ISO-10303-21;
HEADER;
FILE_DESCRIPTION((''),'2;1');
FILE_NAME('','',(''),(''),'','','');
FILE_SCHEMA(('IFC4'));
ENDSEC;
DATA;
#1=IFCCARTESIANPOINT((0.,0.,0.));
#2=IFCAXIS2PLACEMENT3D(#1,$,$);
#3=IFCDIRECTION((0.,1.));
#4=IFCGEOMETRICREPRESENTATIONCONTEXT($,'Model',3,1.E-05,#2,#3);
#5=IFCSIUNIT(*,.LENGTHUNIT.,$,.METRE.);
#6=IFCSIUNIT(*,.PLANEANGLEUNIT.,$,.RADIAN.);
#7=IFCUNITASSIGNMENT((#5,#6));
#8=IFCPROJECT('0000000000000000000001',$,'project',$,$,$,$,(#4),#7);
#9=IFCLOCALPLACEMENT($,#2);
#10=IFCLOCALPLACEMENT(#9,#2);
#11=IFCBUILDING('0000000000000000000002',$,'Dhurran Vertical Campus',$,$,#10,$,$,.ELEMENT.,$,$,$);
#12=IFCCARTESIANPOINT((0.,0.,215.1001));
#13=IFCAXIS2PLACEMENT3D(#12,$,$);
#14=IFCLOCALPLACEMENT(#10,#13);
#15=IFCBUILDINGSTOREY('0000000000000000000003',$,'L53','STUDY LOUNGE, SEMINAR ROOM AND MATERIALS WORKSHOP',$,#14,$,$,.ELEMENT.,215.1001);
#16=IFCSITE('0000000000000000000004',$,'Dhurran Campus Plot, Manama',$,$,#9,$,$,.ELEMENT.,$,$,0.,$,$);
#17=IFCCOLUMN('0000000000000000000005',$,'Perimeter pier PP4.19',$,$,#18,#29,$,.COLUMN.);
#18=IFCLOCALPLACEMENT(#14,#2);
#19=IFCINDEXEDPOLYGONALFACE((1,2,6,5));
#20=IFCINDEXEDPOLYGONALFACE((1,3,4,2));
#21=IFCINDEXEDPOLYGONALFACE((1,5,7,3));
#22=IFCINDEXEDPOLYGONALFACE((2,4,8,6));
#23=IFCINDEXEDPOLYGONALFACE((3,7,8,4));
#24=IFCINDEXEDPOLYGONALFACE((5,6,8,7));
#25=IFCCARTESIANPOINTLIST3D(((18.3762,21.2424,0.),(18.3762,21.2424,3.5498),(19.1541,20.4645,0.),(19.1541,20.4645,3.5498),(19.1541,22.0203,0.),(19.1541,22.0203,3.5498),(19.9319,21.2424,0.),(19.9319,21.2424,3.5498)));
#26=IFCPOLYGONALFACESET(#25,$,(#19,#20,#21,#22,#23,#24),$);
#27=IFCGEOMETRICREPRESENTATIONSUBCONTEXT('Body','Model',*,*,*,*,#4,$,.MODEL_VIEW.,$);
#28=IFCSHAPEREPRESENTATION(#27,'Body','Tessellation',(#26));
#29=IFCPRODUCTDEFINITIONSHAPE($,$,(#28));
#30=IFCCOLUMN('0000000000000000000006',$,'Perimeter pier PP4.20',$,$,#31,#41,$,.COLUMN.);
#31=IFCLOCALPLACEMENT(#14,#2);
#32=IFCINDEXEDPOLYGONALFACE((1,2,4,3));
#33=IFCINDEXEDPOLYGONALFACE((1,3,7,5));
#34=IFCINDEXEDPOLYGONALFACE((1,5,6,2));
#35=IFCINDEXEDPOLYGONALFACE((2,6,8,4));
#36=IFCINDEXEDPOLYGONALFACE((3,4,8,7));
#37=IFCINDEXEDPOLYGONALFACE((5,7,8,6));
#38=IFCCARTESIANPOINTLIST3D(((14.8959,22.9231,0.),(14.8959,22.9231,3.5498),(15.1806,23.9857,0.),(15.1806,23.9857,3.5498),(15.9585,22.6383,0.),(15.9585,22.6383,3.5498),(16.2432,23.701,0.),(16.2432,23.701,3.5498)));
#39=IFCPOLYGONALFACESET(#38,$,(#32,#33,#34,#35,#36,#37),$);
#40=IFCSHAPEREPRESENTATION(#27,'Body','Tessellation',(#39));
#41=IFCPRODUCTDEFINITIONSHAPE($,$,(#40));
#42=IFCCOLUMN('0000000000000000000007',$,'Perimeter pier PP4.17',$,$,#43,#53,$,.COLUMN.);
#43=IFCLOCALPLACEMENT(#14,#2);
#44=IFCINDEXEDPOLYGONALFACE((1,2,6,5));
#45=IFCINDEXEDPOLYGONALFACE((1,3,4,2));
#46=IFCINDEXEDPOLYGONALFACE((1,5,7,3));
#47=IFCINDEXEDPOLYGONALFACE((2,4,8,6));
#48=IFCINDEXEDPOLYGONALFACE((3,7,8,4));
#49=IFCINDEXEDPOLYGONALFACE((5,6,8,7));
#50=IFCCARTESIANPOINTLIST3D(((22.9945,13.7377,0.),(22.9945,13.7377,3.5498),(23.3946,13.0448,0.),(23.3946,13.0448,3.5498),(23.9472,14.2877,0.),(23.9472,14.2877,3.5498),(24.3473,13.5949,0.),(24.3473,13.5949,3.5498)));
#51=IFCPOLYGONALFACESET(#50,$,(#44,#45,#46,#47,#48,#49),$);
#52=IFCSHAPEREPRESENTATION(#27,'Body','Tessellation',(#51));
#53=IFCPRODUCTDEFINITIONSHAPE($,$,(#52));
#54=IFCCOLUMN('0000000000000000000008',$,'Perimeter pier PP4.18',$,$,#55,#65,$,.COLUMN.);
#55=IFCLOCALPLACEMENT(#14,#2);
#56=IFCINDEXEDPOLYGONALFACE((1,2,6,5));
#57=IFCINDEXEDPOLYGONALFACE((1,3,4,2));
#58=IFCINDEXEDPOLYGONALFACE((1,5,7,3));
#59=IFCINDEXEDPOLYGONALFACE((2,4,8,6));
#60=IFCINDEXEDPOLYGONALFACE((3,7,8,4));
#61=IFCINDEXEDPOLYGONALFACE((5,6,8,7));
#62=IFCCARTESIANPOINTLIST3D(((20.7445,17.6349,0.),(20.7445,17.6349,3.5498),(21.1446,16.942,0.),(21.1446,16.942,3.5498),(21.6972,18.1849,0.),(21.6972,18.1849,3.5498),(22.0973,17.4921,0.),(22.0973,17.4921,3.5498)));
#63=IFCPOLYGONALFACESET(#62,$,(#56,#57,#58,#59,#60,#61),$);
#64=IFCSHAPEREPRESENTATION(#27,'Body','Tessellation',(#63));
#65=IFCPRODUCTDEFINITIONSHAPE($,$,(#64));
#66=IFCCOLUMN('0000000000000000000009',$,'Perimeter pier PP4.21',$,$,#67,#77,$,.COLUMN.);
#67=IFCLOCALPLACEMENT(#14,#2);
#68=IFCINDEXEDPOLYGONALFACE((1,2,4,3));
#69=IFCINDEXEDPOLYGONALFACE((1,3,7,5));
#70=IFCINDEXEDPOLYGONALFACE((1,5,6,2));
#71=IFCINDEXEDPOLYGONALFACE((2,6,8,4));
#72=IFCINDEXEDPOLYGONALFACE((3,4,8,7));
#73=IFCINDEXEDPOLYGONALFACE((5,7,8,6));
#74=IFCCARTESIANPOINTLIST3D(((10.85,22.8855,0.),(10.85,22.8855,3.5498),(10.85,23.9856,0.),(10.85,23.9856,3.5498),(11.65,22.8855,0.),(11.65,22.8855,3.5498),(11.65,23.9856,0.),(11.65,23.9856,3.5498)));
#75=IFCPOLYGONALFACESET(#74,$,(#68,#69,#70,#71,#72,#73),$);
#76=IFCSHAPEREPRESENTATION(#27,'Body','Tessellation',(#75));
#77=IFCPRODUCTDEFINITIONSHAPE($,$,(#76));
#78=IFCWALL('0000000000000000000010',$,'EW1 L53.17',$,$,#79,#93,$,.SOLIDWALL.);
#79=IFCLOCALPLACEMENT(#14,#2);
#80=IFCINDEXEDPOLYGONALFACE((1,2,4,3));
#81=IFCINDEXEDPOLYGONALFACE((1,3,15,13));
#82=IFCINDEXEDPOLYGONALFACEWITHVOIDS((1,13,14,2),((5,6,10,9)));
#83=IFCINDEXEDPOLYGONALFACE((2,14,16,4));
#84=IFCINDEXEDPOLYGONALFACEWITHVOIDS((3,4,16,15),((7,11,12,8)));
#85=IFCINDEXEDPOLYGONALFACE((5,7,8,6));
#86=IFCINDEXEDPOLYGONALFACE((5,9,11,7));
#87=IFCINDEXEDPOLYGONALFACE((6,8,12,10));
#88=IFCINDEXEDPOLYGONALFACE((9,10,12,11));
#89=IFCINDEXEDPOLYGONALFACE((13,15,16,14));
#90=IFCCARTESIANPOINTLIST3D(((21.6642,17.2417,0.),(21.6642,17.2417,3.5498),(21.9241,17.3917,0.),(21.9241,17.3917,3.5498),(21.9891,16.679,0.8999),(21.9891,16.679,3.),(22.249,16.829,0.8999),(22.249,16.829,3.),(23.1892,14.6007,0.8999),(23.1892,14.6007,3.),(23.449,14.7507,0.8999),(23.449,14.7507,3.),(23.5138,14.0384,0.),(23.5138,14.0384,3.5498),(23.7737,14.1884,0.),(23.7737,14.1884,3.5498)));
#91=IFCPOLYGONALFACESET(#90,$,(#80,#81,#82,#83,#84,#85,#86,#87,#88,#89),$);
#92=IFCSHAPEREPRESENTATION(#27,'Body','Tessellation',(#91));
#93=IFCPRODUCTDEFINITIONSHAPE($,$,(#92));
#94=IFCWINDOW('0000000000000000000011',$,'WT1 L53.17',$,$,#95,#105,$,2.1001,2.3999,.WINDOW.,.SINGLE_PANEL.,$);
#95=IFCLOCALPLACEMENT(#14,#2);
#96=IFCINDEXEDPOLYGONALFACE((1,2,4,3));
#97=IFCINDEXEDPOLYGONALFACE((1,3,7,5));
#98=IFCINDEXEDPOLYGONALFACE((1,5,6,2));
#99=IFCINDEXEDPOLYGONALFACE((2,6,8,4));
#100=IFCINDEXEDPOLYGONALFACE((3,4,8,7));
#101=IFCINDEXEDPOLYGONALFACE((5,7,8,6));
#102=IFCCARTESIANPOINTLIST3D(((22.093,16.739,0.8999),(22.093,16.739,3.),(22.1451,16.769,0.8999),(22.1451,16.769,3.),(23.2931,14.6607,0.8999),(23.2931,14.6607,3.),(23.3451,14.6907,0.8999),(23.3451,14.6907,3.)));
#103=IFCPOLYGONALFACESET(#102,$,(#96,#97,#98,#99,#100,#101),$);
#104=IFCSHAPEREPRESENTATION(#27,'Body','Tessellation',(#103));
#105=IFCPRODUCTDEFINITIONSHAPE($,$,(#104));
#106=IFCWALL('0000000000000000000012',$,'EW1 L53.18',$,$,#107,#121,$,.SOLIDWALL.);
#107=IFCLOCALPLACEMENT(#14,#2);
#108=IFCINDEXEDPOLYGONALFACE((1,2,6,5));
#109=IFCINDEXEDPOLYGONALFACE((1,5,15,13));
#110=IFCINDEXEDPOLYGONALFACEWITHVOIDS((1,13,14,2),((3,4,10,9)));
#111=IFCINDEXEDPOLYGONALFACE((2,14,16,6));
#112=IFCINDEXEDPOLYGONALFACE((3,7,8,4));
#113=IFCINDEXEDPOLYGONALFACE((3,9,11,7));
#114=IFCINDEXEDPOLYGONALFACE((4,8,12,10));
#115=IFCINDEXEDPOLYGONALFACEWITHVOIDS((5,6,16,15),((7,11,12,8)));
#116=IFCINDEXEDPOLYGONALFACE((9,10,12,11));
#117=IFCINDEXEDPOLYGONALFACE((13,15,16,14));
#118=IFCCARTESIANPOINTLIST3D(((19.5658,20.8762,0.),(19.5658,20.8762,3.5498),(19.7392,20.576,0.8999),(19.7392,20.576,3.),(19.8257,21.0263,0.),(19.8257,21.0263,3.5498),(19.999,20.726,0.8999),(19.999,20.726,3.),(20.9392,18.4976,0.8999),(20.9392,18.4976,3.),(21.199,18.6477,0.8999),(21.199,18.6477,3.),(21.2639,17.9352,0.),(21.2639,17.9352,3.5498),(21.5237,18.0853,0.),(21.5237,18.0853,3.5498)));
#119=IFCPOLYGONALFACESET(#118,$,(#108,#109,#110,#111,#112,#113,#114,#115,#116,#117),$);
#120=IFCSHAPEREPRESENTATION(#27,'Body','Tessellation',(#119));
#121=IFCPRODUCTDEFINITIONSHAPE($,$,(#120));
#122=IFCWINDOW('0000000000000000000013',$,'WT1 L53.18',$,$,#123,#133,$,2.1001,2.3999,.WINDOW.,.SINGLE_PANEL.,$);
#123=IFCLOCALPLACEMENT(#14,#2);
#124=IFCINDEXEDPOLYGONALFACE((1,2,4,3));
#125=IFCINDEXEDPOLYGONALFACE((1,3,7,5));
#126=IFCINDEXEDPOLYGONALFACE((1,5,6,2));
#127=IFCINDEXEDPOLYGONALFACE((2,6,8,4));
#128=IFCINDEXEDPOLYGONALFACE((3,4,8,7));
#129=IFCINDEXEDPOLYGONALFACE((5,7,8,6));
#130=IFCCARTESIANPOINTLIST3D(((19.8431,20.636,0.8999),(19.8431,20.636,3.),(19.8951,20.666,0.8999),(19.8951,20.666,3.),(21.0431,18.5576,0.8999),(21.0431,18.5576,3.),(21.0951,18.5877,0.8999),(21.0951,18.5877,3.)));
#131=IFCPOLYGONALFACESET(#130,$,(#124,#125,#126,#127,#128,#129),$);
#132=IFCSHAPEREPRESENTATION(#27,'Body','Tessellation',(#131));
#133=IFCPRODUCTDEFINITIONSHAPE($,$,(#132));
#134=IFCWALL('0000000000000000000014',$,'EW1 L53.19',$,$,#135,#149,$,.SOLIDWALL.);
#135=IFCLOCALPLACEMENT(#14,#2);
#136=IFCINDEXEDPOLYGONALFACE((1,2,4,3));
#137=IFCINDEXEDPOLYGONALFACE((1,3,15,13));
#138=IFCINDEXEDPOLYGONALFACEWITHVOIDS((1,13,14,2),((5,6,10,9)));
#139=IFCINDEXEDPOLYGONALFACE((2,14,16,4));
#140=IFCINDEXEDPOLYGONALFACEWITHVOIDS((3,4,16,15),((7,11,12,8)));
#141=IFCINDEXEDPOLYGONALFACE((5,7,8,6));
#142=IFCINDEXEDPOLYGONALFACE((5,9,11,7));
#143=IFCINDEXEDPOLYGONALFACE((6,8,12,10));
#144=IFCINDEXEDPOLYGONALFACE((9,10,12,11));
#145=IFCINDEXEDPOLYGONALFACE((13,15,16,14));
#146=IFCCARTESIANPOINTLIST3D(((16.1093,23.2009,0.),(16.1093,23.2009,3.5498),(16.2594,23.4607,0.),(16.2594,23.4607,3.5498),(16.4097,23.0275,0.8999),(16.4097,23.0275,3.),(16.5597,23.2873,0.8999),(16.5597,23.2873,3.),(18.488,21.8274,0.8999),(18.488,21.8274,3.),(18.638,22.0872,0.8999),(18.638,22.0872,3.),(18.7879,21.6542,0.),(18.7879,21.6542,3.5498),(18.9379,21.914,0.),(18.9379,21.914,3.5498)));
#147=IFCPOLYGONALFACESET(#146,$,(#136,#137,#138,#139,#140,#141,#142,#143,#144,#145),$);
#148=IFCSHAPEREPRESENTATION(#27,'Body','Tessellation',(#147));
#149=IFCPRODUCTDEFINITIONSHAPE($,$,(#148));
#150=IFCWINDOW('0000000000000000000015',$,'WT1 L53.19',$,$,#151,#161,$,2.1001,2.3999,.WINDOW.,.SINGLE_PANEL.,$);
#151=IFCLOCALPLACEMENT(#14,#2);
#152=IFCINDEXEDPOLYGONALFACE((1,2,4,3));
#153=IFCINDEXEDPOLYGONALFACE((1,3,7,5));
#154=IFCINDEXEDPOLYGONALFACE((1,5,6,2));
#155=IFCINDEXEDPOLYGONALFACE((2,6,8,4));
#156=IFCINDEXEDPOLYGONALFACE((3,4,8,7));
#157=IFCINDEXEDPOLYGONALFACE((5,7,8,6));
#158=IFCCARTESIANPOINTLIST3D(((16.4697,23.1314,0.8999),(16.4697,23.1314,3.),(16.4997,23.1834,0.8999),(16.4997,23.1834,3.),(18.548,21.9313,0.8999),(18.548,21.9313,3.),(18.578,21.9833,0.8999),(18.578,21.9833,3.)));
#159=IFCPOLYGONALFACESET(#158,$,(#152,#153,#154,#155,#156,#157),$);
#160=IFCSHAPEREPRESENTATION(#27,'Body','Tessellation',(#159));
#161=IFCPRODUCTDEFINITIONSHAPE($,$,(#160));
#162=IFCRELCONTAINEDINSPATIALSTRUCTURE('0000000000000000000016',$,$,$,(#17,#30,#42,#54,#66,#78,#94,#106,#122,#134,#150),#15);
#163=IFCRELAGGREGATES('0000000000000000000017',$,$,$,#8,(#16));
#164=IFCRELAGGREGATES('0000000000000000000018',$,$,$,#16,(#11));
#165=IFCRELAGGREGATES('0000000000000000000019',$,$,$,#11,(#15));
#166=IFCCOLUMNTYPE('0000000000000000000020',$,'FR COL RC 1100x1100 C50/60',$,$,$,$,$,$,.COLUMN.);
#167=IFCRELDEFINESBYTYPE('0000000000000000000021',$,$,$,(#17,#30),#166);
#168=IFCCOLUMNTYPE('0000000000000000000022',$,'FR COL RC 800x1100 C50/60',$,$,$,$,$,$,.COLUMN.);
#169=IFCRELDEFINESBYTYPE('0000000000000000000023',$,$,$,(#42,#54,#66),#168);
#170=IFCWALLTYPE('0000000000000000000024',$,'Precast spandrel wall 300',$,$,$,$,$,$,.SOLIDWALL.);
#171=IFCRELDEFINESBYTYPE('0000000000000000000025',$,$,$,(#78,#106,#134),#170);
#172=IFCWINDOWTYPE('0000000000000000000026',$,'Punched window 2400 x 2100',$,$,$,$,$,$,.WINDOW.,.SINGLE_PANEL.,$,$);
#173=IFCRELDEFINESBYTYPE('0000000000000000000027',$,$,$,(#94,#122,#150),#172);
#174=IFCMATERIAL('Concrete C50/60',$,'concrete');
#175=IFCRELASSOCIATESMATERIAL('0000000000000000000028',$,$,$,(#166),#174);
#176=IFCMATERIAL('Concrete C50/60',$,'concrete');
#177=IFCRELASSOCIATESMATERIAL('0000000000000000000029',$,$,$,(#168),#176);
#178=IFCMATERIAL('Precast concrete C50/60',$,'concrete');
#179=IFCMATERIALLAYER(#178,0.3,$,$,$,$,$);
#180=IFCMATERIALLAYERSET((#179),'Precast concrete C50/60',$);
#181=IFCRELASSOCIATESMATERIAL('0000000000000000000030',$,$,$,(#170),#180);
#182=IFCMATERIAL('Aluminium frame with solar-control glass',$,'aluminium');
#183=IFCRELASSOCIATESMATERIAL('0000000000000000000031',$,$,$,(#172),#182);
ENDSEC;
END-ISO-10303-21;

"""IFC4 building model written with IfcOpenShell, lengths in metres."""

from ifc_helpers import new_model, si_unit, direction, frame, frame_2d, origin, origin_2d, place, context, subcontext, project, spatial, rectangle, extrude, material, layer, layer_set, material_profile, profile_set, type_object, element, fill, save


model = new_model("IFC4")

# Units and contexts
model_context = context("Model", 3, precision=1e-05, world=origin(), true_north=direction((0.0, 1.0)))
body_context = subcontext(model_context, "Body", "Model", "MODEL_VIEW")
ifc_project = project(units=[si_unit("LENGTHUNIT", "METRE"), si_unit("PLANEANGLEUNIT", "RADIAN")], contexts=[model_context])

# Site, building, storey
site_placement = place(None, origin())
site = spatial("IfcSite", under=ifc_project, at=site_placement, Name="Dhurran Campus Plot, Manama", CompositionType="ELEMENT", RefElevation=0.0)
building_placement = place(site_placement, origin())
building = spatial("IfcBuilding", under=site, at=building_placement, Name="Dhurran Vertical Campus", CompositionType="ELEMENT")
storey_placement = place(building_placement, frame((0.0, 0.0, 215.1001)))
storey = spatial("IfcBuildingStorey", under=building, at=storey_placement, Name="L53", Description="STUDY LOUNGE, SEMINAR ROOM AND MATERIALS WORKSHOP", CompositionType="ELEMENT", Elevation=215.1001)

# Columns
ifc_material_1 = material(Name="Concrete C50/60", Category="concrete")
ifc_material_profile_1 = material_profile(ifc_material_1, rectangle(XDim=1.1001, YDim=1.1001, at=origin_2d()), Name="RC 1100x1100")
ifc_profile_set_1 = profile_set([ifc_material_profile_1], Name="Concrete C50/60")
column_type_1 = type_object("IfcColumnType", Name="FR COL RC 1100x1100 C50/60", PredefinedType="COLUMN", material=ifc_profile_set_1)
for number, where, z_axis, x_axis, name in (
    (1, (19.1541, 21.2424, 0.0), (0.0, 0.0, 1.0), (-0.707107, 0.707107, 0.0), "Perimeter pier PP4.19"),
    (2, (15.5696, 23.312, 0.0), (0.0, 0.0, 1.0), (-0.965926, 0.258819, 0.0), "Perimeter pier PP4.20"),
):
    element("IfcColumn", number, at=place(storey_placement, frame(where, z_axis=z_axis, x_axis=x_axis)), inside=storey, type_object=column_type_1, Name=name, PredefinedType="COLUMN", context=body_context, shape_type="SweptSolid", body=[
        extrude(rectangle(XDim=1.1001, YDim=1.1001, at=origin_2d()), origin(), (0.0, 0.0, 1.0), 3.5498),
    ])
ifc_material_2 = material(Name="Concrete C50/60", Category="concrete")
ifc_material_profile_2 = material_profile(ifc_material_2, rectangle(XDim=0.8, YDim=1.1001, at=origin_2d()), Name="RC 800x1100")
ifc_profile_set_2 = profile_set([ifc_material_profile_2], Name="Concrete C50/60")
column_type_2 = type_object("IfcColumnType", Name="FR COL RC 800x1100 C50/60", PredefinedType="COLUMN", material=ifc_profile_set_2)
for number, where, z_axis, x_axis, name in (
    (3, (23.6709, 13.6663, 0.0), (0.0, 0.0, 1.0), (-0.5, 0.866025, 0.0), "Perimeter pier PP4.17"),
    (4, (21.4209, 17.5635, 0.0), (0.0, 0.0, 1.0), (-0.5, 0.866025, 0.0), "Perimeter pier PP4.18"),
    (5, (11.25, 23.4355, 0.0), (0.0, 0.0, 1.0), (-1.0, 0.0, 0.0), "Perimeter pier PP4.21"),
):
    element("IfcColumn", number, at=place(storey_placement, frame(where, z_axis=z_axis, x_axis=x_axis)), inside=storey, type_object=column_type_2, Name=name, PredefinedType="COLUMN", context=body_context, shape_type="SweptSolid", body=[
        extrude(rectangle(XDim=0.8, YDim=1.1001, at=origin_2d()), origin(), (0.0, 0.0, 1.0), 3.5498),
    ])

# Walls, openings, windows
ifc_material_3 = material(Name="Precast concrete C50/60", Category="concrete")
ifc_layer_1 = layer(ifc_material_3, 0.3)
ifc_layer_set_1 = layer_set([ifc_layer_1], Name="Precast concrete C50/60")
wall_type_1 = type_object("IfcWallType", Name="Precast spandrel wall 300", PredefinedType="SOLIDWALL", material=ifc_layer_set_1)
wall_1_placement = place(storey_placement, frame((23.6438, 14.1133, 0.0), z_axis=(0.0, 0.0, 1.0), x_axis=(-0.500029, 0.866009, 0.0)))
wall_1 = element("IfcWall", 6, at=wall_1_placement, inside=storey, type_object=wall_type_1, Name="EW1 L53.17", PredefinedType="SOLIDWALL", context=body_context, shape_type="SweptSolid", body=[
    extrude(rectangle(XDim=3.699, YDim=0.3, at=frame_2d((1.8496, 0.0))), origin(), (0.0, 0.0, 1.0), 3.5498),
])
opening_1_placement = place(wall_1_placement, frame((0.6494, 0.0, 0.8999)))
opening_1 = element("IfcOpeningElement", 7, at=opening_1_placement, cuts=wall_1, PredefinedType="OPENING", context=body_context, shape_type="SweptSolid", body=[
    extrude(rectangle(XDim=2.3999, YDim=2.1001, at=frame_2d((1.2, 1.05))), frame((0.0, 0.1599, 0.0), z_axis=(0.0, -1.0, 0.0), x_axis=(1.0, 0.0, 0.0)), (0.0, 0.0, 1.0), 0.3201),
])
ifc_material_4 = material(Name="Aluminium frame with solar-control glass", Category="aluminium")
window_type = type_object("IfcWindowType", Name="Punched window 2400 x 2100", PartitioningType="SINGLE_PANEL", PredefinedType="WINDOW", material=ifc_material_4)
window_1_placement = place(opening_1_placement, origin())
window_1 = element("IfcWindow", 8, at=window_1_placement, inside=storey, type_object=window_type, Name="WT1 L53.17", OverallHeight=2.1001, OverallWidth=2.3999, PartitioningType="SINGLE_PANEL", PredefinedType="WINDOW", context=body_context, shape_type="SweptSolid", body=[
    extrude(rectangle(XDim=2.3999, YDim=2.1001, at=frame_2d((1.2, 1.05))), frame((0.0, 0.03, 0.0), z_axis=(0.0, -1.0, 0.0), x_axis=(1.0, 0.0, 0.0)), (0.0, 0.0, 1.0), 0.0601),
])
fill(opening_1, window_1)
wall_2_placement = place(storey_placement, frame((21.3938, 18.0103, 0.0), z_axis=(0.0, 0.0, 1.0), x_axis=(-0.500013, 0.866018, 0.0)))
wall_2 = element("IfcWall", 9, at=wall_2_placement, inside=storey, type_object=wall_type_1, Name="EW1 L53.18", PredefinedType="SOLIDWALL", context=body_context, shape_type="SweptSolid", body=[
    extrude(rectangle(XDim=3.396, YDim=0.3, at=frame_2d((1.698, 0.0))), origin(), (0.0, 0.0, 1.0), 3.5498),
])
opening_2_placement = place(wall_2_placement, frame((0.6494, 0.0, 0.8999)))
opening_2 = element("IfcOpeningElement", 10, at=opening_2_placement, cuts=wall_2, PredefinedType="OPENING", context=body_context, shape_type="SweptSolid", body=[
    extrude(rectangle(XDim=2.3999, YDim=2.1001, at=frame_2d((1.2, 1.05))), frame((0.0, 0.1599, 0.0), z_axis=(0.0, -1.0, 0.0), x_axis=(1.0, 0.0, 0.0)), (0.0, 0.0, 1.0), 0.3201),
])
window_2_placement = place(opening_2_placement, origin())
window_2 = element("IfcWindow", 11, at=window_2_placement, inside=storey, type_object=window_type, Name="WT1 L53.18", OverallHeight=2.1001, OverallWidth=2.3999, PartitioningType="SINGLE_PANEL", PredefinedType="WINDOW", context=body_context, shape_type="SweptSolid", body=[
    extrude(rectangle(XDim=2.3999, YDim=2.1001, at=frame_2d((1.2, 1.05))), frame((0.0, 0.03, 0.0), z_axis=(0.0, -1.0, 0.0), x_axis=(1.0, 0.0, 0.0)), (0.0, 0.0, 1.0), 0.0601),
])
fill(opening_2, window_2)
wall_3_placement = place(storey_placement, frame((18.8628, 21.7842, 0.0), z_axis=(0.0, 0.0, 1.0), x_axis=(-0.865995, 0.500053, 0.0)))
wall_3 = element("IfcWall", 12, at=wall_3_placement, inside=storey, type_object=wall_type_1, Name="EW1 L53.19", PredefinedType="SOLIDWALL", context=body_context, shape_type="SweptSolid", body=[
    extrude(rectangle(XDim=3.093, YDim=0.3, at=frame_2d((1.5464, 0.0))), origin(), (0.0, 0.0, 1.0), 3.5498),
])
opening_3_placement = place(wall_3_placement, frame((0.3462, 0.0, 0.8999)))
opening_3 = element("IfcOpeningElement", 13, at=opening_3_placement, cuts=wall_3, PredefinedType="OPENING", context=body_context, shape_type="SweptSolid", body=[
    extrude(rectangle(XDim=2.3999, YDim=2.1001, at=frame_2d((1.2, 1.05))), frame((0.0, 0.1599, 0.0), z_axis=(0.0, -1.0, 0.0), x_axis=(1.0, 0.0, 0.0)), (0.0, 0.0, 1.0), 0.3201),
])
window_3_placement = place(opening_3_placement, origin())
window_3 = element("IfcWindow", 14, at=window_3_placement, inside=storey, type_object=window_type, Name="WT1 L53.19", OverallHeight=2.1001, OverallWidth=2.3999, PartitioningType="SINGLE_PANEL", PredefinedType="WINDOW", context=body_context, shape_type="SweptSolid", body=[
    extrude(rectangle(XDim=2.3999, YDim=2.1001, at=frame_2d((1.2, 1.05))), frame((0.0, 0.03, 0.0), z_axis=(0.0, -1.0, 0.0), x_axis=(1.0, 0.0, 0.0)), (0.0, 0.0, 1.0), 0.0601),
])
fill(opening_3, window_3)

save(model, "model.ifc")
